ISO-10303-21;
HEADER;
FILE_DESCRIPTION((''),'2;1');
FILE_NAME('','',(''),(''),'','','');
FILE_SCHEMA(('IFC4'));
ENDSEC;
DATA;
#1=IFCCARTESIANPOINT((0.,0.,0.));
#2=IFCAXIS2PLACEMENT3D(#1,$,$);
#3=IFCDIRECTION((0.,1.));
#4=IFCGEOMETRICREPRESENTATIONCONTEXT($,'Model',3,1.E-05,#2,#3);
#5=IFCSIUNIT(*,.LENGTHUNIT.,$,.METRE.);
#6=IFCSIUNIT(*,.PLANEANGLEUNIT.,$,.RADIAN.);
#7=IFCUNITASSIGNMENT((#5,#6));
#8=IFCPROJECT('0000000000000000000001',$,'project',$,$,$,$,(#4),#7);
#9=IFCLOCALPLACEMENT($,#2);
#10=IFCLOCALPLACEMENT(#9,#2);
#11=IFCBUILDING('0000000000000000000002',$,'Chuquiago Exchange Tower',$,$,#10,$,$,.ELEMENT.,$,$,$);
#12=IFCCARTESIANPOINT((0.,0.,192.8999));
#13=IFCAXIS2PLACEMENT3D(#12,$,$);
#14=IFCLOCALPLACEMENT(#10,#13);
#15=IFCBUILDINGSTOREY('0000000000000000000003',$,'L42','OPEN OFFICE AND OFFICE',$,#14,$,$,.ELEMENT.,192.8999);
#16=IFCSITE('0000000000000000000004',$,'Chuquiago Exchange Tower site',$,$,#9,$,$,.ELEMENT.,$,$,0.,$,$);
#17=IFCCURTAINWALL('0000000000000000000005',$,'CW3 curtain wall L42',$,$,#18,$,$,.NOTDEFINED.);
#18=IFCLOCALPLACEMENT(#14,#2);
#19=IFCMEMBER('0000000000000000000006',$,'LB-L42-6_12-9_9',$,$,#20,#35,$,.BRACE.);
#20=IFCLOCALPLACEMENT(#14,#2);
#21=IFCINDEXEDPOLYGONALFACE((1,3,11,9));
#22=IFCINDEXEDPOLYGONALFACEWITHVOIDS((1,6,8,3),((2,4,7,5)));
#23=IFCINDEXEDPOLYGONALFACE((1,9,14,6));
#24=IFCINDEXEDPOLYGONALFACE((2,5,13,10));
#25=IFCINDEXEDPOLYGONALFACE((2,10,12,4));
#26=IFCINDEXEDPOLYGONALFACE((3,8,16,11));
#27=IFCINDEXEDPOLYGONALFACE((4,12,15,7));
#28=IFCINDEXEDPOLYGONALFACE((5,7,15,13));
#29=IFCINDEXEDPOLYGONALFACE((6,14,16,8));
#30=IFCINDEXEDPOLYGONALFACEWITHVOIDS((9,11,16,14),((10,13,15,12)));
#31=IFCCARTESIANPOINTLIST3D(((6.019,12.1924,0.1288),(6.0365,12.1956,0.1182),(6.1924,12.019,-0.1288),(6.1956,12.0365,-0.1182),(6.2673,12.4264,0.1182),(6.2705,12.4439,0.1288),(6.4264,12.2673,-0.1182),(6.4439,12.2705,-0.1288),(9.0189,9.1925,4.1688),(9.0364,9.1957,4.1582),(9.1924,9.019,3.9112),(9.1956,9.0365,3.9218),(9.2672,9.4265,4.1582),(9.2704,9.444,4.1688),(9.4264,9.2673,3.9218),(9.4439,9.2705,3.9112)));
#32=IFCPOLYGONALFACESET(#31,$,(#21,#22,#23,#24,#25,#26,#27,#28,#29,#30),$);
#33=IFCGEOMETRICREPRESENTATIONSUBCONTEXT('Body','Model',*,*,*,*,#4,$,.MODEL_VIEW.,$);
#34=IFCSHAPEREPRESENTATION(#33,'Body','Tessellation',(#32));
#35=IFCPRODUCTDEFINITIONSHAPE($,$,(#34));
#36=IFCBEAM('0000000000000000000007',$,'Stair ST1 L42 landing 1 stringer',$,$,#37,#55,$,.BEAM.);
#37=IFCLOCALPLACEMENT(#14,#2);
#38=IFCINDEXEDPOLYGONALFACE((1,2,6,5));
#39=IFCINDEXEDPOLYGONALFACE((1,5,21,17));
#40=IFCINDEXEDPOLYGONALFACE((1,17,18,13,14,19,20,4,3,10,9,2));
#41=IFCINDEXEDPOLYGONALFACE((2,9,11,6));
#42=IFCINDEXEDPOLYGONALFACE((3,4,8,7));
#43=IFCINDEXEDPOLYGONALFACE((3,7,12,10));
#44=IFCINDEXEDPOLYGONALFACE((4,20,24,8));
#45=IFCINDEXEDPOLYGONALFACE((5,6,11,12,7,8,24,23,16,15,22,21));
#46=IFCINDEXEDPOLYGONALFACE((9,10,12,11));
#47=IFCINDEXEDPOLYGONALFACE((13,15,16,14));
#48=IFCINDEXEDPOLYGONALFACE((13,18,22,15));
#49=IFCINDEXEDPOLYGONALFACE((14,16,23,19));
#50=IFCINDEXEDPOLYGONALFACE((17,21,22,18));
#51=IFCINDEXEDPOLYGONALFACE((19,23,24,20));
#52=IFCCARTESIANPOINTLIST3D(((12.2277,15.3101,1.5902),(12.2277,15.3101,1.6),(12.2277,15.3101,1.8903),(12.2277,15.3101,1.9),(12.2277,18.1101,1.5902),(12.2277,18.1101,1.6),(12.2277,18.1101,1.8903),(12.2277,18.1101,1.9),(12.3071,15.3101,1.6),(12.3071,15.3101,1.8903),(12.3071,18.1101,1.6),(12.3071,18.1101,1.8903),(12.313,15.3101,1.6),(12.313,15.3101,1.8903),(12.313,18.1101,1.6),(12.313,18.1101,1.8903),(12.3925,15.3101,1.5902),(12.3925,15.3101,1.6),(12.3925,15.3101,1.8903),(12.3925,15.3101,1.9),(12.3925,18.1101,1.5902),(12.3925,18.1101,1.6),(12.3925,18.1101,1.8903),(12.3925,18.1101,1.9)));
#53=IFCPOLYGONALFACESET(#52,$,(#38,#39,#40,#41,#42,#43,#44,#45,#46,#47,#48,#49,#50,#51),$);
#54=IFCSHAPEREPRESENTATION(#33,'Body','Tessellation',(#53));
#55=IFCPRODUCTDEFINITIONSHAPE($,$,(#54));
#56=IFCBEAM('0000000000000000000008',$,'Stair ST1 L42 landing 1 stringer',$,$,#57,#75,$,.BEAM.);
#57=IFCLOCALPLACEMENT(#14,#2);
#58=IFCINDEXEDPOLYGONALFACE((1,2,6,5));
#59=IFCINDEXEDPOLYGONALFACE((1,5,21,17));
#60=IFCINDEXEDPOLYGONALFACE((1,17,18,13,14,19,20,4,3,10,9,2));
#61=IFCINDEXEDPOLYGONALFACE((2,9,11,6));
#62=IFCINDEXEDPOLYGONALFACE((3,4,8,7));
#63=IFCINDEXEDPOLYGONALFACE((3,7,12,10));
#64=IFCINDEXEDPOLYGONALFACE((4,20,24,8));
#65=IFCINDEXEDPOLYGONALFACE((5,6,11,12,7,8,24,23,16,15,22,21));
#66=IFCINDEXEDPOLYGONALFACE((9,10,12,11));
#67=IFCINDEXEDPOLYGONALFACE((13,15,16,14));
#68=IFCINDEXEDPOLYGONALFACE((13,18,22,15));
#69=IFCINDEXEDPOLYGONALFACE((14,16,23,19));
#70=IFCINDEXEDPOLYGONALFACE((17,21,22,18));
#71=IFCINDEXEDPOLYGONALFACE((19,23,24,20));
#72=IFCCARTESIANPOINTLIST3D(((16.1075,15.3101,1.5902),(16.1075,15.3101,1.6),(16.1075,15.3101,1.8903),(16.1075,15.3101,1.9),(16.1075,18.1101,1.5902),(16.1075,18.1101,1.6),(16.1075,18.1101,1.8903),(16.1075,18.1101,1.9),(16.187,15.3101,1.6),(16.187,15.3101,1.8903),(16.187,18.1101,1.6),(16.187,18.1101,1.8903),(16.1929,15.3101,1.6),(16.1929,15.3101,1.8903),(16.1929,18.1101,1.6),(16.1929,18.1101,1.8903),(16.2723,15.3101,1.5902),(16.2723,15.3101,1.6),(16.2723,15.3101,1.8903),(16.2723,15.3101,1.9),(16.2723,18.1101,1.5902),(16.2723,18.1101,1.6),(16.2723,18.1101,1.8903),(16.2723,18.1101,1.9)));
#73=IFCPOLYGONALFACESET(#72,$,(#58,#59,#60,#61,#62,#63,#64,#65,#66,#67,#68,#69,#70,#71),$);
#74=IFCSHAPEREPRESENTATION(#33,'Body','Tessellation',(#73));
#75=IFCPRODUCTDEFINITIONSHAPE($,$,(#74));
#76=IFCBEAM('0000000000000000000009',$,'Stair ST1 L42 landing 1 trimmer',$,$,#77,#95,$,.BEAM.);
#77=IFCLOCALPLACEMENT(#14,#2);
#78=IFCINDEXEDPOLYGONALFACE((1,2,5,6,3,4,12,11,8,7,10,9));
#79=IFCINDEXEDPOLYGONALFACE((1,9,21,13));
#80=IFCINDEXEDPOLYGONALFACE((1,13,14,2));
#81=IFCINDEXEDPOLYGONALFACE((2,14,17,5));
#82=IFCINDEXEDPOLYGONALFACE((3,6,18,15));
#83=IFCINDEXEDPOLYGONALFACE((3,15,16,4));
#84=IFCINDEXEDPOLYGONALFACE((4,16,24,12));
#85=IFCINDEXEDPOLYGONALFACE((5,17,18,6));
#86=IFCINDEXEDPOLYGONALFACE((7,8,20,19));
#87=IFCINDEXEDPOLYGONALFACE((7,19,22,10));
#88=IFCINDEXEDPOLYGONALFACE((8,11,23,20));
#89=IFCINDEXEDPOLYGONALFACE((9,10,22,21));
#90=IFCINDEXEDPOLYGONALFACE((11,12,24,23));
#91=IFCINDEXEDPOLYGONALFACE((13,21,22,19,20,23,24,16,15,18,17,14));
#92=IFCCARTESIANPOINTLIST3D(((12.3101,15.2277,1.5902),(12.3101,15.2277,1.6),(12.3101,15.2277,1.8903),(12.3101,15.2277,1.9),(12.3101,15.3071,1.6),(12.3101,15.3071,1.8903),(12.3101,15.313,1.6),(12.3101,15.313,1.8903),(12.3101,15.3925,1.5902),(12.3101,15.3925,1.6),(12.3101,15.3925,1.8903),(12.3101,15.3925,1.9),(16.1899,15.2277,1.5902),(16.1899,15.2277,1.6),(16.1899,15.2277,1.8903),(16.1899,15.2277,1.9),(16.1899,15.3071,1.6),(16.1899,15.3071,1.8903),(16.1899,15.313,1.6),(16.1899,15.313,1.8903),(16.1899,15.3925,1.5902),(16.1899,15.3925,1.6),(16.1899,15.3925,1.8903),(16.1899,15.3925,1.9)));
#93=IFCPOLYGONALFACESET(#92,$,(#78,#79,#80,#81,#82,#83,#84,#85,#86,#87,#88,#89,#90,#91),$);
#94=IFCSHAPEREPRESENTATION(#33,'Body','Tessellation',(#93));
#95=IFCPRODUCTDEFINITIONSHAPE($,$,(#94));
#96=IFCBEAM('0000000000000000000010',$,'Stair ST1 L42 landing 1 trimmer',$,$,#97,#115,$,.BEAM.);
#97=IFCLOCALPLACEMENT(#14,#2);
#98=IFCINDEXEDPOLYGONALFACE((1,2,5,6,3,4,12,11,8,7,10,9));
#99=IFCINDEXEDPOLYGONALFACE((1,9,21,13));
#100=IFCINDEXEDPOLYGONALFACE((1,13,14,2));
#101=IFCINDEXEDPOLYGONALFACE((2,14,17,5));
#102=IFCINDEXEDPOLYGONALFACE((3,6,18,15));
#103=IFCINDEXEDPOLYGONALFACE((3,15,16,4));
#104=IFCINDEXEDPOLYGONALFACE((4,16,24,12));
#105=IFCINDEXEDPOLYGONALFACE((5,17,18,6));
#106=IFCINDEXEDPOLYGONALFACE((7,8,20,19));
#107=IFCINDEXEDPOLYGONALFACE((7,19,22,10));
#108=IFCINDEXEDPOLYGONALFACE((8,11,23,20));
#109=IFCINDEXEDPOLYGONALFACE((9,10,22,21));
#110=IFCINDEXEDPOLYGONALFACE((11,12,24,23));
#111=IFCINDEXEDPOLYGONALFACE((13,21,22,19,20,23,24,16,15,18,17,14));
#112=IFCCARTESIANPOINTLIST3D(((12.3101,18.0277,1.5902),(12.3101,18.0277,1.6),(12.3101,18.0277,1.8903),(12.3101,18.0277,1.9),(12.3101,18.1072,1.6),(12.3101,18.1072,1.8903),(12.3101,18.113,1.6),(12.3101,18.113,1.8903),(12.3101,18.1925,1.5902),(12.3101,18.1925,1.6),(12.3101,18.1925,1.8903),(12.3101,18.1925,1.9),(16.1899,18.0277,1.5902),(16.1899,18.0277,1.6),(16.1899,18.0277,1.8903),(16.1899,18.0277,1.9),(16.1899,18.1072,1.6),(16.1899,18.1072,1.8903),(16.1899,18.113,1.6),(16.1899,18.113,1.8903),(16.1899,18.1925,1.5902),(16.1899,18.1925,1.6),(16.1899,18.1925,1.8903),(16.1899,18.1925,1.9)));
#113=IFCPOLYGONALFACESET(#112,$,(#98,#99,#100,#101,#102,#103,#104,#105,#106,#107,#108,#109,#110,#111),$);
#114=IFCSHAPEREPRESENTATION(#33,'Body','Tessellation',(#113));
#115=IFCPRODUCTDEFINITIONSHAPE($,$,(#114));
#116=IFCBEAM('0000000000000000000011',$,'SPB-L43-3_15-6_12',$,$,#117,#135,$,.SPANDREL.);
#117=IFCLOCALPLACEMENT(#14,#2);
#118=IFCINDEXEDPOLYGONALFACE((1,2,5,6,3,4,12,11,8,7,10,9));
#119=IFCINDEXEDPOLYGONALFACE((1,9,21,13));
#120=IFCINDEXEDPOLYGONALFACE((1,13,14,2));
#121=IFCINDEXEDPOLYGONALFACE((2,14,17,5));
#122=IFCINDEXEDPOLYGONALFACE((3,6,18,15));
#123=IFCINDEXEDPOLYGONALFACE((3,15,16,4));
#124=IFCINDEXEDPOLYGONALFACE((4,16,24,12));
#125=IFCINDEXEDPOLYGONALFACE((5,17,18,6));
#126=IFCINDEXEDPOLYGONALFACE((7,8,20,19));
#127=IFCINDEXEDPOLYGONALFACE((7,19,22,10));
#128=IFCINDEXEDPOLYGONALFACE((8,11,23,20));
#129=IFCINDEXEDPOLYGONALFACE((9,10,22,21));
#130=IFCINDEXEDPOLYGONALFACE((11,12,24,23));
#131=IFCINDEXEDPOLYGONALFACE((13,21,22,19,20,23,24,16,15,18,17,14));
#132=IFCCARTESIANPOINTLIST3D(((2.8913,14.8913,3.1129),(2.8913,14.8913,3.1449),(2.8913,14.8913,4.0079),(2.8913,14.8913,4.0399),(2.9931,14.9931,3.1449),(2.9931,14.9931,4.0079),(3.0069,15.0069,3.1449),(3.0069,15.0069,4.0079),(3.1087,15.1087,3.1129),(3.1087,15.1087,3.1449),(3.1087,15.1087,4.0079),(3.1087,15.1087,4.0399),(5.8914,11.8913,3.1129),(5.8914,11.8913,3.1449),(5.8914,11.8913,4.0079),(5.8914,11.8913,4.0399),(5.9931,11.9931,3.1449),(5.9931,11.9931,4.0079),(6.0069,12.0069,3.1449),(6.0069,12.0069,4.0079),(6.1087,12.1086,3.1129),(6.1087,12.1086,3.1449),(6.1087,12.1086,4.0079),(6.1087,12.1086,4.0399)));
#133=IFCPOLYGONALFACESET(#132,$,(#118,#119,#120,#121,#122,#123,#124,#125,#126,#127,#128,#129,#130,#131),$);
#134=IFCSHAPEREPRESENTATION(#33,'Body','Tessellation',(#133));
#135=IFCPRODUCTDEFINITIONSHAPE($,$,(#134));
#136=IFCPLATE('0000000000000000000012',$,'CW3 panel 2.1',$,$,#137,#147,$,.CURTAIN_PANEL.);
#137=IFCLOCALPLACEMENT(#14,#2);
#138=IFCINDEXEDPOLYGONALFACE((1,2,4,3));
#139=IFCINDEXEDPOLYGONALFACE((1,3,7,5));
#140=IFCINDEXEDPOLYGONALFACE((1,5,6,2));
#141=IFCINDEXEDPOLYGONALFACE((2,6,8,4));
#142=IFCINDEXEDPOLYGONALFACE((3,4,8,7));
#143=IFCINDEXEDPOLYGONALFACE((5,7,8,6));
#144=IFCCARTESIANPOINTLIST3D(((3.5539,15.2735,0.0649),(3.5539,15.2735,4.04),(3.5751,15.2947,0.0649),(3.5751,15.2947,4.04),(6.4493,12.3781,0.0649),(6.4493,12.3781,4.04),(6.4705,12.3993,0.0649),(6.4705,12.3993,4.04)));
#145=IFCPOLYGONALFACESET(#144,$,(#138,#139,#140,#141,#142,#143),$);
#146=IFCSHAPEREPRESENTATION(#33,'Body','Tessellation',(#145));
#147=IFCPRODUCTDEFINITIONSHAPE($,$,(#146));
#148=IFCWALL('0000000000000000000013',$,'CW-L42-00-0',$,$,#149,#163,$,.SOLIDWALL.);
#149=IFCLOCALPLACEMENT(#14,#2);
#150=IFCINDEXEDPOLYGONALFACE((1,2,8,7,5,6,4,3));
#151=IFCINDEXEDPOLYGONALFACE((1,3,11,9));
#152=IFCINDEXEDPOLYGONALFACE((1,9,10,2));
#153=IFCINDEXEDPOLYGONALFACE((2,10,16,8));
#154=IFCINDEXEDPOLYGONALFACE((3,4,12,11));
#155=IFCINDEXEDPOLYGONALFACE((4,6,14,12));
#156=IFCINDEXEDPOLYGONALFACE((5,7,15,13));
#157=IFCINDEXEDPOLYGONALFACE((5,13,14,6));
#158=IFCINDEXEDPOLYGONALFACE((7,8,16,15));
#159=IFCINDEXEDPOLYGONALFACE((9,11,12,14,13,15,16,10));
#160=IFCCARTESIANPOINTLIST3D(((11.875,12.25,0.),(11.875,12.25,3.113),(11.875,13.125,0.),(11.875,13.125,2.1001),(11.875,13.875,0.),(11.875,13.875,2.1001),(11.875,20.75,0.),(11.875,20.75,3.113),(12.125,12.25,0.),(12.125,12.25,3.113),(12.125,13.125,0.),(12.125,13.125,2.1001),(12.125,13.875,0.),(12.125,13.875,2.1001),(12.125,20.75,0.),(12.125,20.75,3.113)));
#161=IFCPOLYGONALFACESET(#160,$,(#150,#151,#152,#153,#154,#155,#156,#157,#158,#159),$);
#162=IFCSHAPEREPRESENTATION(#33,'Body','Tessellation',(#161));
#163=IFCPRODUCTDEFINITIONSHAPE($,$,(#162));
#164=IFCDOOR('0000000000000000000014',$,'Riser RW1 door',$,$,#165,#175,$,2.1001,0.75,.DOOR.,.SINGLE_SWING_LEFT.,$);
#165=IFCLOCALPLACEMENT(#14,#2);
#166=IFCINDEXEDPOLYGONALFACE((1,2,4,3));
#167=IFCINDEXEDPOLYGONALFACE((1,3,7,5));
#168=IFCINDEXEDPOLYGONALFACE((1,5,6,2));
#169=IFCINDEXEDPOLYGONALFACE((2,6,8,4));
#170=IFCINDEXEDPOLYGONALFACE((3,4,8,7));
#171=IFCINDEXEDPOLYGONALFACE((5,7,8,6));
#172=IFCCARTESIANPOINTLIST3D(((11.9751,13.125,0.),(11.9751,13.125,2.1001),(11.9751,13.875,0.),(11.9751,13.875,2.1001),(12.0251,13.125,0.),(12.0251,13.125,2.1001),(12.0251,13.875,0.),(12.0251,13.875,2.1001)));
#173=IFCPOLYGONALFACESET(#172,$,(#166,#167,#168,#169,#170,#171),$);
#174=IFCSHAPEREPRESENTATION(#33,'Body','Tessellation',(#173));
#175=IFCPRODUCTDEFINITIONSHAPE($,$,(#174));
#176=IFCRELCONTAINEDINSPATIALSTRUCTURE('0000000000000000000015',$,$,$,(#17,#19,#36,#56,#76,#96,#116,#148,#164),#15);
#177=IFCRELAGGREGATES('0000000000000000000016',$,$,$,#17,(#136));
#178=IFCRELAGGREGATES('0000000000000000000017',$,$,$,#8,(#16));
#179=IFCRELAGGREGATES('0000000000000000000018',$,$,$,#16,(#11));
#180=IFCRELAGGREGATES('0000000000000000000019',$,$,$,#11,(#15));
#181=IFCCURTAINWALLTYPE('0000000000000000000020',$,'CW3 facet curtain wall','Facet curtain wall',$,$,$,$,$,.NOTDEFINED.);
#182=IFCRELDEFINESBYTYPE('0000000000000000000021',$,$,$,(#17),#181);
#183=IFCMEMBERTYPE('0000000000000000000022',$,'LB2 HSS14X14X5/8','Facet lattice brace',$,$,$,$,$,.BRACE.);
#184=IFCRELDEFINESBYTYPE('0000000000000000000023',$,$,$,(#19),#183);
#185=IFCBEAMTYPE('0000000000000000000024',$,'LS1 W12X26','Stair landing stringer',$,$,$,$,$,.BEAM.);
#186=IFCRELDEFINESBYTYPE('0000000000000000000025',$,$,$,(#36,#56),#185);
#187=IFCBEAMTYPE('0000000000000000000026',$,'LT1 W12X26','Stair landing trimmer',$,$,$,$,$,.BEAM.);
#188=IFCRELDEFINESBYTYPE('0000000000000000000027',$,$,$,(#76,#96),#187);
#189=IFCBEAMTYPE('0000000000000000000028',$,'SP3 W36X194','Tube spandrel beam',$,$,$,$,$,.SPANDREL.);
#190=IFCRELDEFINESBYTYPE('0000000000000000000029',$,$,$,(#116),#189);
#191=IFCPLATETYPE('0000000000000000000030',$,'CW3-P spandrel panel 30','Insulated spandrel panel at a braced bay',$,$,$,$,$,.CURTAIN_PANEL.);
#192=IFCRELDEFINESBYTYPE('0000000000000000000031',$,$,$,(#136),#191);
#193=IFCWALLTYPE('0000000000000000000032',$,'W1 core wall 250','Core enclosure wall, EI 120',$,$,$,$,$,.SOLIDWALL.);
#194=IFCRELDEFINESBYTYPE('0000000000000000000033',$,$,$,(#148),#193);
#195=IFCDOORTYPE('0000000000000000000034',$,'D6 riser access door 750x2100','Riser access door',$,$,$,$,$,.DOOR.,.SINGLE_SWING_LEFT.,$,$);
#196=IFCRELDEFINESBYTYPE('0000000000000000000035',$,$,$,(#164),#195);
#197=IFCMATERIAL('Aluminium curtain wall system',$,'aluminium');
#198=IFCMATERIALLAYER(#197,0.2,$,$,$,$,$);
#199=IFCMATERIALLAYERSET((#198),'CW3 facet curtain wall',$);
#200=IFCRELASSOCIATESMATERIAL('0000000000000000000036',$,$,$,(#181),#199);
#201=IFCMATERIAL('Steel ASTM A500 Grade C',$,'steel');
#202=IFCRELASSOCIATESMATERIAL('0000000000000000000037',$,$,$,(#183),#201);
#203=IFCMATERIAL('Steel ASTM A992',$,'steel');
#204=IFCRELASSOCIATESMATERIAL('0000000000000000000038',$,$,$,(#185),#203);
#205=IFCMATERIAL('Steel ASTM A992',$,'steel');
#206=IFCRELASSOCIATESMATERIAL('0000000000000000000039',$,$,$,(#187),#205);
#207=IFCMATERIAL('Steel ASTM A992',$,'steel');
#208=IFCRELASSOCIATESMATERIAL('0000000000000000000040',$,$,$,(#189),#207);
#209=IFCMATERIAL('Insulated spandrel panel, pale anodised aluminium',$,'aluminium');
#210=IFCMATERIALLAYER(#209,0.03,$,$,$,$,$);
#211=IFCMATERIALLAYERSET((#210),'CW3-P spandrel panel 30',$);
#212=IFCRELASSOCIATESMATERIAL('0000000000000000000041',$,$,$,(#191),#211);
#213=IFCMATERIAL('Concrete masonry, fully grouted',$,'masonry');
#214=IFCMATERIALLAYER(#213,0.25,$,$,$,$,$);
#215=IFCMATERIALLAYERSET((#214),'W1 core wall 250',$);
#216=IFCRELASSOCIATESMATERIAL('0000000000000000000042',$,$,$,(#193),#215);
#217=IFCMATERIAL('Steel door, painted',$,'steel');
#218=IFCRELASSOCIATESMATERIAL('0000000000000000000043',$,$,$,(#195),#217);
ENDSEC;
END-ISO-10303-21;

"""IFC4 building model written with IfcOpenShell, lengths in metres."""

from ifc_helpers import new_model, si_unit, direction, frame, frame_2d, origin, origin_2d, place, context, subcontext, project, spatial, rectangle, hollow_rectangle, i_section, extrude, material, layer, layer_set, material_profile, profile_set, type_object, element, fill, aggregate, save


model = new_model("IFC4")

# Units and contexts
model_context = context("Model", 3, precision=1e-05, world=origin(), true_north=direction((0.0, 1.0)))
body_context = subcontext(model_context, "Body", "Model", "MODEL_VIEW")
ifc_project = project(units=[si_unit("LENGTHUNIT", "METRE"), si_unit("PLANEANGLEUNIT", "RADIAN")], contexts=[model_context])

# Site, building, storey
site_placement = place(None, origin())
site = spatial("IfcSite", under=ifc_project, at=site_placement, Name="Chuquiago Exchange Tower site", CompositionType="ELEMENT", RefElevation=0.0)
building_placement = place(site_placement, origin())
building = spatial("IfcBuilding", under=site, at=building_placement, Name="Chuquiago Exchange Tower", CompositionType="ELEMENT")
storey_placement = place(building_placement, frame((0.0, 0.0, 192.8999)))
storey = spatial("IfcBuildingStorey", under=building, at=storey_placement, Name="L42", Description="OPEN OFFICE AND OFFICE", CompositionType="ELEMENT", Elevation=192.8999)

# Curtain wall
ifc_material_1 = material(Name="Aluminium curtain wall system", Category="aluminium")
ifc_layer_1 = layer(ifc_material_1, 0.2)
ifc_layer_set_1 = layer_set([ifc_layer_1], Name="CW3 facet curtain wall")
curtain_wall_type = type_object("IfcCurtainWallType", Name="CW3 facet curtain wall", Description="Facet curtain wall", PredefinedType="NOTDEFINED", material=ifc_layer_set_1)
curtain_wall_placement = place(storey_placement, origin())
curtain_wall = element("IfcCurtainWall", 1, at=curtain_wall_placement, inside=storey, type_object=curtain_wall_type, Name="CW3 curtain wall L42", PredefinedType="NOTDEFINED")

# Member
ifc_material_2 = material(Name="Steel ASTM A500 Grade C", Category="steel")
ifc_material_profile_1 = material_profile(ifc_material_2, hollow_rectangle(XDim=0.3557, YDim=0.3557, WallThickness=0.0146, at=origin_2d()), Name="HSS14X14X5/8")
ifc_profile_set_1 = profile_set([ifc_material_profile_1], Name="Steel ASTM A500 Grade C")
member_type_1 = type_object("IfcMemberType", Name="LB2 HSS14X14X5/8", Description="Facet lattice brace", PredefinedType="BRACE", material=ifc_profile_set_1)
for number, where, z_axis, x_axis, name in (
    (2, (6.2314, 12.2314, 0.0), (0.512077, -0.512077, 0.689604), (0.707107, 0.707107, 0.0), "LB-L42-6_12-9_9"),
):
    element("IfcMember", number, at=place(storey_placement, frame(where, z_axis=z_axis, x_axis=x_axis)), inside=storey, type_object=member_type_1, Name=name, PredefinedType="BRACE", context=body_context, shape_type="SweptSolid", body=[
        extrude(hollow_rectangle(XDim=0.3557, YDim=0.3557, WallThickness=0.0146, at=origin_2d()), origin(), (0.0, 0.0, 1.0), 5.8584),
    ])

# Beams
ifc_material_3 = material(Name="Steel ASTM A992", Category="steel")
ifc_material_profile_2 = material_profile(ifc_material_3, i_section(OverallWidth=0.1648, OverallDepth=0.3098, WebThickness=0.0059, FlangeThickness=0.0098, at=origin_2d()), Name="W12X26")
ifc_profile_set_2 = profile_set([ifc_material_profile_2], Name="Steel ASTM A992")
beam_type_1 = type_object("IfcBeamType", Name="LS1 W12X26", Description="Stair landing stringer", PredefinedType="BEAM", material=ifc_profile_set_2)
for number, where, z_axis, x_axis, name in (
    (3, (12.3101, 15.3101, 1.7451), (0.0, 1.0, 0.0), (-1.0, 0.0, 0.0), "Stair ST1 L42 landing 1 stringer"),
    (4, (16.1899, 15.3101, 1.7451), (0.0, 1.0, 0.0), (-1.0, 0.0, 0.0), "Stair ST1 L42 landing 1 stringer"),
):
    element("IfcBeam", number, at=place(storey_placement, frame(where, z_axis=z_axis, x_axis=x_axis)), inside=storey, type_object=beam_type_1, Name=name, PredefinedType="BEAM", context=body_context, shape_type="SweptSolid", body=[
        extrude(i_section(OverallWidth=0.1648, OverallDepth=0.3098, WebThickness=0.0059, FlangeThickness=0.0098, at=origin_2d()), origin(), (0.0, 0.0, 1.0), 2.8),
    ])
ifc_material_4 = material(Name="Steel ASTM A992", Category="steel")
ifc_material_profile_3 = material_profile(ifc_material_4, i_section(OverallWidth=0.1648, OverallDepth=0.3098, WebThickness=0.0059, FlangeThickness=0.0098, at=origin_2d()), Name="W12X26")
ifc_profile_set_3 = profile_set([ifc_material_profile_3], Name="Steel ASTM A992")
beam_type_2 = type_object("IfcBeamType", Name="LT1 W12X26", Description="Stair landing trimmer", PredefinedType="BEAM", material=ifc_profile_set_3)
for number, where, z_axis, x_axis, name in (
    (5, (12.3101, 15.3101, 1.7451), (1.0, 0.0, 0.0), (0.0, 1.0, 0.0), "Stair ST1 L42 landing 1 trimmer"),
    (6, (12.3101, 18.1101, 1.7451), (1.0, 0.0, 0.0), (0.0, 1.0, 0.0), "Stair ST1 L42 landing 1 trimmer"),
):
    element("IfcBeam", number, at=place(storey_placement, frame(where, z_axis=z_axis, x_axis=x_axis)), inside=storey, type_object=beam_type_2, Name=name, PredefinedType="BEAM", context=body_context, shape_type="SweptSolid", body=[
        extrude(i_section(OverallWidth=0.1648, OverallDepth=0.3098, WebThickness=0.0059, FlangeThickness=0.0098, at=origin_2d()), origin(), (0.0, 0.0, 1.0), 3.8799),
    ])
ifc_material_5 = material(Name="Steel ASTM A992", Category="steel")
ifc_material_profile_4 = material_profile(ifc_material_5, i_section(OverallWidth=0.3074, OverallDepth=0.927, WebThickness=0.0195, FlangeThickness=0.032, at=origin_2d()), Name="W36X194")
ifc_profile_set_4 = profile_set([ifc_material_profile_4], Name="Steel ASTM A992")
beam_type_3 = type_object("IfcBeamType", Name="SP3 W36X194", Description="Tube spandrel beam", PredefinedType="SPANDREL", material=ifc_profile_set_4)
beam_1_placement = place(storey_placement, frame((3.0, 15.0, 3.5764), z_axis=(0.707107, -0.707107, 0.0), x_axis=(0.707107, 0.707107, 0.0)))
element("IfcBeam", 7, at=beam_1_placement, inside=storey, type_object=beam_type_3, Name="SPB-L43-3_15-6_12", PredefinedType="SPANDREL", context=body_context, shape_type="SweptSolid", body=[
    extrude(i_section(OverallWidth=0.3074, OverallDepth=0.927, WebThickness=0.0195, FlangeThickness=0.032, at=origin_2d()), origin(), (0.0, 0.0, 1.0), 4.2427),
])

# Plate
ifc_material_6 = material(Name="Insulated spandrel panel, pale anodised aluminium", Category="aluminium")
ifc_layer_2 = layer(ifc_material_6, 0.03)
ifc_layer_set_2 = layer_set([ifc_layer_2], Name="CW3-P spandrel panel 30")
plate_type = type_object("IfcPlateType", Name="CW3-P spandrel panel 30", Description="Insulated spandrel panel at a braced bay", PredefinedType="CURTAIN_PANEL", material=ifc_layer_set_2)
plate_placement = place(storey_placement, frame((5.0122, 13.8364, 0.0649), z_axis=(0.0, 0.0, 1.0), x_axis=(0.707107, -0.707107, 0.0)))
plate = element("IfcPlate", 8, at=plate_placement, type_object=plate_type, Name="CW3 panel 2.1", PredefinedType="CURTAIN_PANEL", context=body_context, shape_type="SweptSolid", body=[
    extrude(rectangle(XDim=4.0947, YDim=0.03, at=origin_2d()), origin(), (0.0, 0.0, 1.0), 3.9751),
])
aggregate(curtain_wall, [plate])

# Wall, opening, door
ifc_material_7 = material(Name="Concrete masonry, fully grouted", Category="masonry")
ifc_layer_3 = layer(ifc_material_7, 0.25)
ifc_layer_set_3 = layer_set([ifc_layer_3], Name="W1 core wall 250")
wall_type_1 = type_object("IfcWallType", Name="W1 core wall 250", Description="Core enclosure wall, EI 120", PredefinedType="SOLIDWALL", material=ifc_layer_set_3)
wall_1_placement = place(storey_placement, frame((12.0, 12.25, 0.0), z_axis=(0.0, 0.0, 1.0), x_axis=(0.0, 1.0, 0.0)))
wall_1 = element("IfcWall", 9, at=wall_1_placement, inside=storey, type_object=wall_type_1, Name="CW-L42-00-0", PredefinedType="SOLIDWALL", context=body_context, shape_type="SweptSolid", body=[
    extrude(rectangle(XDim=8.5, YDim=0.25, at=frame_2d((4.25, 0.0))), origin(), (0.0, 0.0, 1.0), 3.113),
])
opening_placement = place(wall_1_placement, frame((0.875, 0.0, 0.0)))
opening = element("IfcOpeningElement", 10, at=opening_placement, cuts=wall_1, PredefinedType="OPENING", context=body_context, shape_type="SweptSolid", body=[
    extrude(rectangle(XDim=0.75, YDim=2.1001, at=frame_2d((0.375, 1.05))), frame((0.0, 0.135, 0.0), z_axis=(0.0, -1.0, 0.0), x_axis=(1.0, 0.0, 0.0)), (0.0, 0.0, 1.0), 0.27),
])
ifc_material_8 = material(Name="Steel door, painted", Category="steel")
door_type = type_object("IfcDoorType", Name="D6 riser access door 750x2100", Description="Riser access door", OperationType="SINGLE_SWING_LEFT", PredefinedType="DOOR", material=ifc_material_8)
door_placement = place(opening_placement, origin())
door = element("IfcDoor", 11, at=door_placement, inside=storey, type_object=door_type, Name="Riser RW1 door", OperationType="SINGLE_SWING_LEFT", OverallHeight=2.1001, OverallWidth=0.75, PredefinedType="DOOR", context=body_context, shape_type="SweptSolid", body=[
    extrude(rectangle(XDim=0.75, YDim=2.1001, at=frame_2d((0.375, 1.05))), frame((0.0, 0.0249, 0.0), z_axis=(0.0, -1.0, 0.0), x_axis=(1.0, 0.0, 0.0)), (0.0, 0.0, 1.0), 0.05),
])
fill(opening, door)

save(model, "model.ifc")
